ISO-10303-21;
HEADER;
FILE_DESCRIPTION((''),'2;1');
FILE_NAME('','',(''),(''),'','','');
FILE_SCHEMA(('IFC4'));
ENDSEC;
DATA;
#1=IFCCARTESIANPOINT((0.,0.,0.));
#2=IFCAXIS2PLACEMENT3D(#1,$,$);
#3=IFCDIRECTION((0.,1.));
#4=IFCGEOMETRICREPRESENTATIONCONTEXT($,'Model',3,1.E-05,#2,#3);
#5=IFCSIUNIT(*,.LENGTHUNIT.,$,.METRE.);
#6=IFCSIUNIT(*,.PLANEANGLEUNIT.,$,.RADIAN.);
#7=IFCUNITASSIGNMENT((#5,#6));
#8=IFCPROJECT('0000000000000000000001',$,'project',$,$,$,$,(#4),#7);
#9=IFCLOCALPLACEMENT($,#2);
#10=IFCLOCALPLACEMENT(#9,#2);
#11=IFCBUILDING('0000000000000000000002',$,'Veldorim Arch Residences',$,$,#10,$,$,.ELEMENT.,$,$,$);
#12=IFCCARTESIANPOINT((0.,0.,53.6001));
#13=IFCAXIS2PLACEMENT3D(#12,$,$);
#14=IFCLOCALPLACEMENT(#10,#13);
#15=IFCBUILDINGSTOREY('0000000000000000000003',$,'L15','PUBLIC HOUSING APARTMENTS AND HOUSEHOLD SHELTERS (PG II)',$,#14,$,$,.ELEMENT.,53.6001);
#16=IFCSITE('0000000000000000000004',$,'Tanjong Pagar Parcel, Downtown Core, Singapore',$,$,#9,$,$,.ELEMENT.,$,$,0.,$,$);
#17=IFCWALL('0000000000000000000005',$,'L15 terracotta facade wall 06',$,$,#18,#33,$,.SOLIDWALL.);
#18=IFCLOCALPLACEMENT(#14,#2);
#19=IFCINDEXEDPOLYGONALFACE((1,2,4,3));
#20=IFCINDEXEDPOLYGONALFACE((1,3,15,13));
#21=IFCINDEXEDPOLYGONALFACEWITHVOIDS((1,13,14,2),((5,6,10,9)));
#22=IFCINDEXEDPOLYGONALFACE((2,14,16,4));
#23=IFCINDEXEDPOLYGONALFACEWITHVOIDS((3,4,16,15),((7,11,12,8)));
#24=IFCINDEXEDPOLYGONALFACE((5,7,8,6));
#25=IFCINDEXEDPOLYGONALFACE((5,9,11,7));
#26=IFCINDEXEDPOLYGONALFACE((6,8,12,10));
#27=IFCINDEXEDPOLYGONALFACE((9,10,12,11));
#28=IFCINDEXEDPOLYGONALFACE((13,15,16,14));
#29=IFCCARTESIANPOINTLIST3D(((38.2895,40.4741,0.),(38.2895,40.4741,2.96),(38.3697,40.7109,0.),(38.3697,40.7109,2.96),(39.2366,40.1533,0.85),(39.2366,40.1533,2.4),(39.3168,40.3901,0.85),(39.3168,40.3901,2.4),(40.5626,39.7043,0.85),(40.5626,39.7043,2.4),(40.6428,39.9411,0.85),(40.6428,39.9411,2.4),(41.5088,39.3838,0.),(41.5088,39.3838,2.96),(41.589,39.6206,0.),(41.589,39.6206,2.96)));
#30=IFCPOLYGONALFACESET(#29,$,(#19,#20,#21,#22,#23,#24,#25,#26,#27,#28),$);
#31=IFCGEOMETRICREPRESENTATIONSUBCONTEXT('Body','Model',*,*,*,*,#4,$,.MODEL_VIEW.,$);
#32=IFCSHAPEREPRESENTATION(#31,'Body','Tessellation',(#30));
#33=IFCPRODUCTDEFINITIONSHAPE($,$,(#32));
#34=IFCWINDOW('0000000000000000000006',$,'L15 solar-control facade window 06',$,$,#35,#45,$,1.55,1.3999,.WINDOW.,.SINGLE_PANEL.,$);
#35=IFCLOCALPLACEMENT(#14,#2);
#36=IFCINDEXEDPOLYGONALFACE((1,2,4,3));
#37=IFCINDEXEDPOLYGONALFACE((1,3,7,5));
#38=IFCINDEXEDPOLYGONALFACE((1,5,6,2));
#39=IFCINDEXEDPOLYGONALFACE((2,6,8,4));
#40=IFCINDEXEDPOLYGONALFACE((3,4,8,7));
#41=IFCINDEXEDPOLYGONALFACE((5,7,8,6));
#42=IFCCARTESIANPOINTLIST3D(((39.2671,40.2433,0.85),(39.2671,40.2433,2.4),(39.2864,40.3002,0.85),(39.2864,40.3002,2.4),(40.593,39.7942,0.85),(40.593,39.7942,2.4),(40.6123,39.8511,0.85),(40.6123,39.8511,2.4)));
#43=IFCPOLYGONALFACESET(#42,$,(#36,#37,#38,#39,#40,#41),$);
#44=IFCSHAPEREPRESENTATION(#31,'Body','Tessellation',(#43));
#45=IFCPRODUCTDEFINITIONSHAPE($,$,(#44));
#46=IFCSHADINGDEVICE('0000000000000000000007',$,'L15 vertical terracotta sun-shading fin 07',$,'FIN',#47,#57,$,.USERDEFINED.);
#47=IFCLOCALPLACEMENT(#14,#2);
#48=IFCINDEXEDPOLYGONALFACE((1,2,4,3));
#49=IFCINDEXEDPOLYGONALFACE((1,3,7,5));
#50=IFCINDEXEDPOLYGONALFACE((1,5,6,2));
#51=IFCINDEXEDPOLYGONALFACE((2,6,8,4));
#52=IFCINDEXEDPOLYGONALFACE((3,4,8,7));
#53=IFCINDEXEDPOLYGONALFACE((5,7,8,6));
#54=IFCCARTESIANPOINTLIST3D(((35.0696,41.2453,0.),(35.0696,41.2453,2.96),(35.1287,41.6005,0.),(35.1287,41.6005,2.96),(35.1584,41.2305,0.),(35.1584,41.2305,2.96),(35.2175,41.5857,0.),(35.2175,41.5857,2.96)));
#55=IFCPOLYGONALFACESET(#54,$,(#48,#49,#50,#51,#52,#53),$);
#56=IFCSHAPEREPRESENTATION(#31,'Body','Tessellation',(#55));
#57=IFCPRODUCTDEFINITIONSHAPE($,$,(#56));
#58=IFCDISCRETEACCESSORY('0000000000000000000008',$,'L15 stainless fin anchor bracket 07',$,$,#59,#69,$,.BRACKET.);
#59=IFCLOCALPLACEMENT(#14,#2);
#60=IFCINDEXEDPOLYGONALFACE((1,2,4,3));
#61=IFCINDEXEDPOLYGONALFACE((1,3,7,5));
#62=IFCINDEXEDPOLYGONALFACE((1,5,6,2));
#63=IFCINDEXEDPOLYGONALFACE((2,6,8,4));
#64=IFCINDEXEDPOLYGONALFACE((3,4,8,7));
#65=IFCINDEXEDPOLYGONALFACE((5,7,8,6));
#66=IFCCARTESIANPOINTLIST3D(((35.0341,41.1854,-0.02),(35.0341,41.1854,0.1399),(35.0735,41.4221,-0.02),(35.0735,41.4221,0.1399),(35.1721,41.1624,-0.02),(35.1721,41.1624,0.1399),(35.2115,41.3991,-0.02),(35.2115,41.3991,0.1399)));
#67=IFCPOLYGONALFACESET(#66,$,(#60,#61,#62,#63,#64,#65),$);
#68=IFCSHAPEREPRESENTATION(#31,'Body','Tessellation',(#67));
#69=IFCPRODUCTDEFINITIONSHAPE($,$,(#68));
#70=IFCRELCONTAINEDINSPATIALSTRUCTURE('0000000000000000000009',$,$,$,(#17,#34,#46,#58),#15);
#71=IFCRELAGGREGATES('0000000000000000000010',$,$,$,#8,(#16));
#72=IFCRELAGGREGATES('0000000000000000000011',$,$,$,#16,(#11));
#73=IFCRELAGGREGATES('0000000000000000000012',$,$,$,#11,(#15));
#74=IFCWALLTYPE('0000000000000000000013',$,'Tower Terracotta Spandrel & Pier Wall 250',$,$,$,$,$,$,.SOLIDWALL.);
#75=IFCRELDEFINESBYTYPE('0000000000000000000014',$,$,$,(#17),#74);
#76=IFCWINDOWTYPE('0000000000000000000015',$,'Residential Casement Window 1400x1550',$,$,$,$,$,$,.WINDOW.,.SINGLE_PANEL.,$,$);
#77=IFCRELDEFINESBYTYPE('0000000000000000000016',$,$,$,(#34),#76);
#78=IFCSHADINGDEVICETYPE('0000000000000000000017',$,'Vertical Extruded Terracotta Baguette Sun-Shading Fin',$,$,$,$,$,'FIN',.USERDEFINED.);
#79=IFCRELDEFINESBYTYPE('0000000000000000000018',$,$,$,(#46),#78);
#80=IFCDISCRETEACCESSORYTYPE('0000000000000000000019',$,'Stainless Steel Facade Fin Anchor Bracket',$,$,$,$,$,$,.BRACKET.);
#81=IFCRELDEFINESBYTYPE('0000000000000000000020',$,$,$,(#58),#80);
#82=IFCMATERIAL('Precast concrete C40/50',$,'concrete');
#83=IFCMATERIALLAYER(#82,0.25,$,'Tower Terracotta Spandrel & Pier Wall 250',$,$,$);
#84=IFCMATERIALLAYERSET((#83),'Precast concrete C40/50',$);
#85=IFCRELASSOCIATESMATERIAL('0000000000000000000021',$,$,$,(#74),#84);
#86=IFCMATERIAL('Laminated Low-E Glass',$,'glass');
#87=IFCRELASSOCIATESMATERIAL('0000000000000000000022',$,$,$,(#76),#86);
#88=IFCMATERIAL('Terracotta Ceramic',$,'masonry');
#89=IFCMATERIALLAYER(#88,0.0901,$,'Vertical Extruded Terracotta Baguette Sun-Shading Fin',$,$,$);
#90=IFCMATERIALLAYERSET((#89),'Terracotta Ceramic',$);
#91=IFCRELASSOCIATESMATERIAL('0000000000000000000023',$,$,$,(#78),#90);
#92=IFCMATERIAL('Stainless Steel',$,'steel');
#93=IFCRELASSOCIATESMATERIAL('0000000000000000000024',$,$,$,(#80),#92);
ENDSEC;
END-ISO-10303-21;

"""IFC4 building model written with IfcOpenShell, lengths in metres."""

from ifc_helpers import new_model, si_unit, direction, frame, frame_2d, origin, origin_2d, place, context, subcontext, project, spatial, rectangle, extrude, material, layer, layer_set, type_object, element, fill, save


model = new_model("IFC4")

# Units and contexts
model_context = context("Model", 3, precision=1e-05, world=origin(), true_north=direction((0.0, 1.0)))
body_context = subcontext(model_context, "Body", "Model", "MODEL_VIEW")
ifc_project = project(units=[si_unit("LENGTHUNIT", "METRE"), si_unit("PLANEANGLEUNIT", "RADIAN")], contexts=[model_context])

# Site, building, storey
site_placement = place(None, origin())
site = spatial("IfcSite", under=ifc_project, at=site_placement, Name="Tanjong Pagar Parcel, Downtown Core, Singapore", CompositionType="ELEMENT", RefElevation=0.0)
building_placement = place(site_placement, origin())
building = spatial("IfcBuilding", under=site, at=building_placement, Name="Veldorim Arch Residences", CompositionType="ELEMENT")
storey_placement = place(building_placement, frame((0.0, 0.0, 53.6001)))
storey = spatial("IfcBuildingStorey", under=building, at=storey_placement, Name="L15", Description="PUBLIC HOUSING APARTMENTS AND HOUSEHOLD SHELTERS (PG II)", CompositionType="ELEMENT", Elevation=53.6001)

# Wall, opening, window
ifc_material_1 = material(Name="Precast concrete C40/50", Category="concrete")
ifc_layer_1 = layer(ifc_material_1, 0.25, Name="Tower Terracotta Spandrel & Pier Wall 250")
ifc_layer_set_1 = layer_set([ifc_layer_1], Name="Precast concrete C40/50")
wall_type_1 = type_object("IfcWallType", Name="Tower Terracotta Spandrel & Pier Wall 250", PredefinedType="SOLIDWALL", material=ifc_layer_set_1)
wall_1_placement = place(storey_placement, frame((38.3296, 40.5925, 0.0), z_axis=(0.0, 0.0, 1.0), x_axis=(0.94715, -0.320792, 0.0)))
wall_1 = element("IfcWall", 1, at=wall_1_placement, inside=storey, type_object=wall_type_1, Name="L15 terracotta facade wall 06", PredefinedType="SOLIDWALL", context=body_context, shape_type="SweptSolid", body=[
    extrude(rectangle(XDim=3.3989, YDim=0.25, at=frame_2d((1.6995, 0.0))), origin(), (0.0, 0.0, 1.0), 2.96),
])
opening_1_placement = place(wall_1_placement, frame((1.0, 0.0, 0.8501)))
opening_1 = element("IfcOpeningElement", 2, at=opening_1_placement, cuts=wall_1, PredefinedType="OPENING", context=body_context, shape_type="SweptSolid", body=[
    extrude(rectangle(XDim=1.3999, YDim=1.55, at=frame_2d((0.7, 0.7749))), frame((0.0, 0.135, 0.0), z_axis=(0.0, -1.0, 0.0), x_axis=(1.0, 0.0, 0.0)), (0.0, 0.0, 1.0), 0.27),
])
ifc_material_2 = material(Name="Laminated Low-E Glass", Category="glass")
window_type = type_object("IfcWindowType", Name="Residential Casement Window 1400x1550", PartitioningType="SINGLE_PANEL", PredefinedType="WINDOW", material=ifc_material_2)
window_placement = place(opening_1_placement, origin())
window = element("IfcWindow", 3, at=window_placement, inside=storey, type_object=window_type, Name="L15 solar-control facade window 06", OverallHeight=1.55, OverallWidth=1.3999, PartitioningType="SINGLE_PANEL", PredefinedType="WINDOW", context=body_context, shape_type="SweptSolid", body=[
    extrude(rectangle(XDim=1.3999, YDim=1.55, at=frame_2d((0.7, 0.7749))), frame((0.0, 0.03, 0.0), z_axis=(0.0, -1.0, 0.0), x_axis=(1.0, 0.0, 0.0)), (0.0, 0.0, 1.0), 0.0601),
])
fill(opening_1, window)

# Shading device
ifc_material_3 = material(Name="Terracotta Ceramic", Category="masonry")
ifc_layer_2 = layer(ifc_material_3, 0.0901, Name="Vertical Extruded Terracotta Baguette Sun-Shading Fin")
ifc_layer_set_2 = layer_set([ifc_layer_2], Name="Terracotta Ceramic")
shading_device_type = type_object("IfcShadingDeviceType", Name="Vertical Extruded Terracotta Baguette Sun-Shading Fin", ElementType="FIN", PredefinedType="USERDEFINED", material=ifc_layer_set_2)
shading_device_placement = place(storey_placement, frame((35.1436, 41.4155, 0.0), z_axis=(0.0, 0.0, 1.0), x_axis=(0.986429, -0.164187, 0.0)))
element("IfcShadingDevice", 4, at=shading_device_placement, inside=storey, type_object=shading_device_type, Name="L15 vertical terracotta sun-shading fin 07", ObjectType="FIN", PredefinedType="USERDEFINED", context=body_context, shape_type="SweptSolid", body=[
    extrude(rectangle(XDim=0.0901, YDim=0.3601, at=origin_2d()), origin(), (0.0, 0.0, 1.0), 2.96),
])

# Discrete accessory
ifc_material_4 = material(Name="Stainless Steel", Category="steel")
discrete_accessory_type = type_object("IfcDiscreteAccessoryType", Name="Stainless Steel Facade Fin Anchor Bracket", PredefinedType="BRACKET", material=ifc_material_4)
discrete_accessory_placement = place(storey_placement, frame((35.1228, 41.2922, -0.02), z_axis=(0.0, 0.0, 1.0), x_axis=(0.986429, -0.164187, 0.0)))
element("IfcDiscreteAccessory", 5, at=discrete_accessory_placement, inside=storey, type_object=discrete_accessory_type, Name="L15 stainless fin anchor bracket 07", PredefinedType="BRACKET", context=body_context, shape_type="SweptSolid", body=[
    extrude(rectangle(XDim=0.1399, YDim=0.24, at=origin_2d()), origin(), (0.0, 0.0, 1.0), 0.1599),
])

save(model, "model.ifc")
